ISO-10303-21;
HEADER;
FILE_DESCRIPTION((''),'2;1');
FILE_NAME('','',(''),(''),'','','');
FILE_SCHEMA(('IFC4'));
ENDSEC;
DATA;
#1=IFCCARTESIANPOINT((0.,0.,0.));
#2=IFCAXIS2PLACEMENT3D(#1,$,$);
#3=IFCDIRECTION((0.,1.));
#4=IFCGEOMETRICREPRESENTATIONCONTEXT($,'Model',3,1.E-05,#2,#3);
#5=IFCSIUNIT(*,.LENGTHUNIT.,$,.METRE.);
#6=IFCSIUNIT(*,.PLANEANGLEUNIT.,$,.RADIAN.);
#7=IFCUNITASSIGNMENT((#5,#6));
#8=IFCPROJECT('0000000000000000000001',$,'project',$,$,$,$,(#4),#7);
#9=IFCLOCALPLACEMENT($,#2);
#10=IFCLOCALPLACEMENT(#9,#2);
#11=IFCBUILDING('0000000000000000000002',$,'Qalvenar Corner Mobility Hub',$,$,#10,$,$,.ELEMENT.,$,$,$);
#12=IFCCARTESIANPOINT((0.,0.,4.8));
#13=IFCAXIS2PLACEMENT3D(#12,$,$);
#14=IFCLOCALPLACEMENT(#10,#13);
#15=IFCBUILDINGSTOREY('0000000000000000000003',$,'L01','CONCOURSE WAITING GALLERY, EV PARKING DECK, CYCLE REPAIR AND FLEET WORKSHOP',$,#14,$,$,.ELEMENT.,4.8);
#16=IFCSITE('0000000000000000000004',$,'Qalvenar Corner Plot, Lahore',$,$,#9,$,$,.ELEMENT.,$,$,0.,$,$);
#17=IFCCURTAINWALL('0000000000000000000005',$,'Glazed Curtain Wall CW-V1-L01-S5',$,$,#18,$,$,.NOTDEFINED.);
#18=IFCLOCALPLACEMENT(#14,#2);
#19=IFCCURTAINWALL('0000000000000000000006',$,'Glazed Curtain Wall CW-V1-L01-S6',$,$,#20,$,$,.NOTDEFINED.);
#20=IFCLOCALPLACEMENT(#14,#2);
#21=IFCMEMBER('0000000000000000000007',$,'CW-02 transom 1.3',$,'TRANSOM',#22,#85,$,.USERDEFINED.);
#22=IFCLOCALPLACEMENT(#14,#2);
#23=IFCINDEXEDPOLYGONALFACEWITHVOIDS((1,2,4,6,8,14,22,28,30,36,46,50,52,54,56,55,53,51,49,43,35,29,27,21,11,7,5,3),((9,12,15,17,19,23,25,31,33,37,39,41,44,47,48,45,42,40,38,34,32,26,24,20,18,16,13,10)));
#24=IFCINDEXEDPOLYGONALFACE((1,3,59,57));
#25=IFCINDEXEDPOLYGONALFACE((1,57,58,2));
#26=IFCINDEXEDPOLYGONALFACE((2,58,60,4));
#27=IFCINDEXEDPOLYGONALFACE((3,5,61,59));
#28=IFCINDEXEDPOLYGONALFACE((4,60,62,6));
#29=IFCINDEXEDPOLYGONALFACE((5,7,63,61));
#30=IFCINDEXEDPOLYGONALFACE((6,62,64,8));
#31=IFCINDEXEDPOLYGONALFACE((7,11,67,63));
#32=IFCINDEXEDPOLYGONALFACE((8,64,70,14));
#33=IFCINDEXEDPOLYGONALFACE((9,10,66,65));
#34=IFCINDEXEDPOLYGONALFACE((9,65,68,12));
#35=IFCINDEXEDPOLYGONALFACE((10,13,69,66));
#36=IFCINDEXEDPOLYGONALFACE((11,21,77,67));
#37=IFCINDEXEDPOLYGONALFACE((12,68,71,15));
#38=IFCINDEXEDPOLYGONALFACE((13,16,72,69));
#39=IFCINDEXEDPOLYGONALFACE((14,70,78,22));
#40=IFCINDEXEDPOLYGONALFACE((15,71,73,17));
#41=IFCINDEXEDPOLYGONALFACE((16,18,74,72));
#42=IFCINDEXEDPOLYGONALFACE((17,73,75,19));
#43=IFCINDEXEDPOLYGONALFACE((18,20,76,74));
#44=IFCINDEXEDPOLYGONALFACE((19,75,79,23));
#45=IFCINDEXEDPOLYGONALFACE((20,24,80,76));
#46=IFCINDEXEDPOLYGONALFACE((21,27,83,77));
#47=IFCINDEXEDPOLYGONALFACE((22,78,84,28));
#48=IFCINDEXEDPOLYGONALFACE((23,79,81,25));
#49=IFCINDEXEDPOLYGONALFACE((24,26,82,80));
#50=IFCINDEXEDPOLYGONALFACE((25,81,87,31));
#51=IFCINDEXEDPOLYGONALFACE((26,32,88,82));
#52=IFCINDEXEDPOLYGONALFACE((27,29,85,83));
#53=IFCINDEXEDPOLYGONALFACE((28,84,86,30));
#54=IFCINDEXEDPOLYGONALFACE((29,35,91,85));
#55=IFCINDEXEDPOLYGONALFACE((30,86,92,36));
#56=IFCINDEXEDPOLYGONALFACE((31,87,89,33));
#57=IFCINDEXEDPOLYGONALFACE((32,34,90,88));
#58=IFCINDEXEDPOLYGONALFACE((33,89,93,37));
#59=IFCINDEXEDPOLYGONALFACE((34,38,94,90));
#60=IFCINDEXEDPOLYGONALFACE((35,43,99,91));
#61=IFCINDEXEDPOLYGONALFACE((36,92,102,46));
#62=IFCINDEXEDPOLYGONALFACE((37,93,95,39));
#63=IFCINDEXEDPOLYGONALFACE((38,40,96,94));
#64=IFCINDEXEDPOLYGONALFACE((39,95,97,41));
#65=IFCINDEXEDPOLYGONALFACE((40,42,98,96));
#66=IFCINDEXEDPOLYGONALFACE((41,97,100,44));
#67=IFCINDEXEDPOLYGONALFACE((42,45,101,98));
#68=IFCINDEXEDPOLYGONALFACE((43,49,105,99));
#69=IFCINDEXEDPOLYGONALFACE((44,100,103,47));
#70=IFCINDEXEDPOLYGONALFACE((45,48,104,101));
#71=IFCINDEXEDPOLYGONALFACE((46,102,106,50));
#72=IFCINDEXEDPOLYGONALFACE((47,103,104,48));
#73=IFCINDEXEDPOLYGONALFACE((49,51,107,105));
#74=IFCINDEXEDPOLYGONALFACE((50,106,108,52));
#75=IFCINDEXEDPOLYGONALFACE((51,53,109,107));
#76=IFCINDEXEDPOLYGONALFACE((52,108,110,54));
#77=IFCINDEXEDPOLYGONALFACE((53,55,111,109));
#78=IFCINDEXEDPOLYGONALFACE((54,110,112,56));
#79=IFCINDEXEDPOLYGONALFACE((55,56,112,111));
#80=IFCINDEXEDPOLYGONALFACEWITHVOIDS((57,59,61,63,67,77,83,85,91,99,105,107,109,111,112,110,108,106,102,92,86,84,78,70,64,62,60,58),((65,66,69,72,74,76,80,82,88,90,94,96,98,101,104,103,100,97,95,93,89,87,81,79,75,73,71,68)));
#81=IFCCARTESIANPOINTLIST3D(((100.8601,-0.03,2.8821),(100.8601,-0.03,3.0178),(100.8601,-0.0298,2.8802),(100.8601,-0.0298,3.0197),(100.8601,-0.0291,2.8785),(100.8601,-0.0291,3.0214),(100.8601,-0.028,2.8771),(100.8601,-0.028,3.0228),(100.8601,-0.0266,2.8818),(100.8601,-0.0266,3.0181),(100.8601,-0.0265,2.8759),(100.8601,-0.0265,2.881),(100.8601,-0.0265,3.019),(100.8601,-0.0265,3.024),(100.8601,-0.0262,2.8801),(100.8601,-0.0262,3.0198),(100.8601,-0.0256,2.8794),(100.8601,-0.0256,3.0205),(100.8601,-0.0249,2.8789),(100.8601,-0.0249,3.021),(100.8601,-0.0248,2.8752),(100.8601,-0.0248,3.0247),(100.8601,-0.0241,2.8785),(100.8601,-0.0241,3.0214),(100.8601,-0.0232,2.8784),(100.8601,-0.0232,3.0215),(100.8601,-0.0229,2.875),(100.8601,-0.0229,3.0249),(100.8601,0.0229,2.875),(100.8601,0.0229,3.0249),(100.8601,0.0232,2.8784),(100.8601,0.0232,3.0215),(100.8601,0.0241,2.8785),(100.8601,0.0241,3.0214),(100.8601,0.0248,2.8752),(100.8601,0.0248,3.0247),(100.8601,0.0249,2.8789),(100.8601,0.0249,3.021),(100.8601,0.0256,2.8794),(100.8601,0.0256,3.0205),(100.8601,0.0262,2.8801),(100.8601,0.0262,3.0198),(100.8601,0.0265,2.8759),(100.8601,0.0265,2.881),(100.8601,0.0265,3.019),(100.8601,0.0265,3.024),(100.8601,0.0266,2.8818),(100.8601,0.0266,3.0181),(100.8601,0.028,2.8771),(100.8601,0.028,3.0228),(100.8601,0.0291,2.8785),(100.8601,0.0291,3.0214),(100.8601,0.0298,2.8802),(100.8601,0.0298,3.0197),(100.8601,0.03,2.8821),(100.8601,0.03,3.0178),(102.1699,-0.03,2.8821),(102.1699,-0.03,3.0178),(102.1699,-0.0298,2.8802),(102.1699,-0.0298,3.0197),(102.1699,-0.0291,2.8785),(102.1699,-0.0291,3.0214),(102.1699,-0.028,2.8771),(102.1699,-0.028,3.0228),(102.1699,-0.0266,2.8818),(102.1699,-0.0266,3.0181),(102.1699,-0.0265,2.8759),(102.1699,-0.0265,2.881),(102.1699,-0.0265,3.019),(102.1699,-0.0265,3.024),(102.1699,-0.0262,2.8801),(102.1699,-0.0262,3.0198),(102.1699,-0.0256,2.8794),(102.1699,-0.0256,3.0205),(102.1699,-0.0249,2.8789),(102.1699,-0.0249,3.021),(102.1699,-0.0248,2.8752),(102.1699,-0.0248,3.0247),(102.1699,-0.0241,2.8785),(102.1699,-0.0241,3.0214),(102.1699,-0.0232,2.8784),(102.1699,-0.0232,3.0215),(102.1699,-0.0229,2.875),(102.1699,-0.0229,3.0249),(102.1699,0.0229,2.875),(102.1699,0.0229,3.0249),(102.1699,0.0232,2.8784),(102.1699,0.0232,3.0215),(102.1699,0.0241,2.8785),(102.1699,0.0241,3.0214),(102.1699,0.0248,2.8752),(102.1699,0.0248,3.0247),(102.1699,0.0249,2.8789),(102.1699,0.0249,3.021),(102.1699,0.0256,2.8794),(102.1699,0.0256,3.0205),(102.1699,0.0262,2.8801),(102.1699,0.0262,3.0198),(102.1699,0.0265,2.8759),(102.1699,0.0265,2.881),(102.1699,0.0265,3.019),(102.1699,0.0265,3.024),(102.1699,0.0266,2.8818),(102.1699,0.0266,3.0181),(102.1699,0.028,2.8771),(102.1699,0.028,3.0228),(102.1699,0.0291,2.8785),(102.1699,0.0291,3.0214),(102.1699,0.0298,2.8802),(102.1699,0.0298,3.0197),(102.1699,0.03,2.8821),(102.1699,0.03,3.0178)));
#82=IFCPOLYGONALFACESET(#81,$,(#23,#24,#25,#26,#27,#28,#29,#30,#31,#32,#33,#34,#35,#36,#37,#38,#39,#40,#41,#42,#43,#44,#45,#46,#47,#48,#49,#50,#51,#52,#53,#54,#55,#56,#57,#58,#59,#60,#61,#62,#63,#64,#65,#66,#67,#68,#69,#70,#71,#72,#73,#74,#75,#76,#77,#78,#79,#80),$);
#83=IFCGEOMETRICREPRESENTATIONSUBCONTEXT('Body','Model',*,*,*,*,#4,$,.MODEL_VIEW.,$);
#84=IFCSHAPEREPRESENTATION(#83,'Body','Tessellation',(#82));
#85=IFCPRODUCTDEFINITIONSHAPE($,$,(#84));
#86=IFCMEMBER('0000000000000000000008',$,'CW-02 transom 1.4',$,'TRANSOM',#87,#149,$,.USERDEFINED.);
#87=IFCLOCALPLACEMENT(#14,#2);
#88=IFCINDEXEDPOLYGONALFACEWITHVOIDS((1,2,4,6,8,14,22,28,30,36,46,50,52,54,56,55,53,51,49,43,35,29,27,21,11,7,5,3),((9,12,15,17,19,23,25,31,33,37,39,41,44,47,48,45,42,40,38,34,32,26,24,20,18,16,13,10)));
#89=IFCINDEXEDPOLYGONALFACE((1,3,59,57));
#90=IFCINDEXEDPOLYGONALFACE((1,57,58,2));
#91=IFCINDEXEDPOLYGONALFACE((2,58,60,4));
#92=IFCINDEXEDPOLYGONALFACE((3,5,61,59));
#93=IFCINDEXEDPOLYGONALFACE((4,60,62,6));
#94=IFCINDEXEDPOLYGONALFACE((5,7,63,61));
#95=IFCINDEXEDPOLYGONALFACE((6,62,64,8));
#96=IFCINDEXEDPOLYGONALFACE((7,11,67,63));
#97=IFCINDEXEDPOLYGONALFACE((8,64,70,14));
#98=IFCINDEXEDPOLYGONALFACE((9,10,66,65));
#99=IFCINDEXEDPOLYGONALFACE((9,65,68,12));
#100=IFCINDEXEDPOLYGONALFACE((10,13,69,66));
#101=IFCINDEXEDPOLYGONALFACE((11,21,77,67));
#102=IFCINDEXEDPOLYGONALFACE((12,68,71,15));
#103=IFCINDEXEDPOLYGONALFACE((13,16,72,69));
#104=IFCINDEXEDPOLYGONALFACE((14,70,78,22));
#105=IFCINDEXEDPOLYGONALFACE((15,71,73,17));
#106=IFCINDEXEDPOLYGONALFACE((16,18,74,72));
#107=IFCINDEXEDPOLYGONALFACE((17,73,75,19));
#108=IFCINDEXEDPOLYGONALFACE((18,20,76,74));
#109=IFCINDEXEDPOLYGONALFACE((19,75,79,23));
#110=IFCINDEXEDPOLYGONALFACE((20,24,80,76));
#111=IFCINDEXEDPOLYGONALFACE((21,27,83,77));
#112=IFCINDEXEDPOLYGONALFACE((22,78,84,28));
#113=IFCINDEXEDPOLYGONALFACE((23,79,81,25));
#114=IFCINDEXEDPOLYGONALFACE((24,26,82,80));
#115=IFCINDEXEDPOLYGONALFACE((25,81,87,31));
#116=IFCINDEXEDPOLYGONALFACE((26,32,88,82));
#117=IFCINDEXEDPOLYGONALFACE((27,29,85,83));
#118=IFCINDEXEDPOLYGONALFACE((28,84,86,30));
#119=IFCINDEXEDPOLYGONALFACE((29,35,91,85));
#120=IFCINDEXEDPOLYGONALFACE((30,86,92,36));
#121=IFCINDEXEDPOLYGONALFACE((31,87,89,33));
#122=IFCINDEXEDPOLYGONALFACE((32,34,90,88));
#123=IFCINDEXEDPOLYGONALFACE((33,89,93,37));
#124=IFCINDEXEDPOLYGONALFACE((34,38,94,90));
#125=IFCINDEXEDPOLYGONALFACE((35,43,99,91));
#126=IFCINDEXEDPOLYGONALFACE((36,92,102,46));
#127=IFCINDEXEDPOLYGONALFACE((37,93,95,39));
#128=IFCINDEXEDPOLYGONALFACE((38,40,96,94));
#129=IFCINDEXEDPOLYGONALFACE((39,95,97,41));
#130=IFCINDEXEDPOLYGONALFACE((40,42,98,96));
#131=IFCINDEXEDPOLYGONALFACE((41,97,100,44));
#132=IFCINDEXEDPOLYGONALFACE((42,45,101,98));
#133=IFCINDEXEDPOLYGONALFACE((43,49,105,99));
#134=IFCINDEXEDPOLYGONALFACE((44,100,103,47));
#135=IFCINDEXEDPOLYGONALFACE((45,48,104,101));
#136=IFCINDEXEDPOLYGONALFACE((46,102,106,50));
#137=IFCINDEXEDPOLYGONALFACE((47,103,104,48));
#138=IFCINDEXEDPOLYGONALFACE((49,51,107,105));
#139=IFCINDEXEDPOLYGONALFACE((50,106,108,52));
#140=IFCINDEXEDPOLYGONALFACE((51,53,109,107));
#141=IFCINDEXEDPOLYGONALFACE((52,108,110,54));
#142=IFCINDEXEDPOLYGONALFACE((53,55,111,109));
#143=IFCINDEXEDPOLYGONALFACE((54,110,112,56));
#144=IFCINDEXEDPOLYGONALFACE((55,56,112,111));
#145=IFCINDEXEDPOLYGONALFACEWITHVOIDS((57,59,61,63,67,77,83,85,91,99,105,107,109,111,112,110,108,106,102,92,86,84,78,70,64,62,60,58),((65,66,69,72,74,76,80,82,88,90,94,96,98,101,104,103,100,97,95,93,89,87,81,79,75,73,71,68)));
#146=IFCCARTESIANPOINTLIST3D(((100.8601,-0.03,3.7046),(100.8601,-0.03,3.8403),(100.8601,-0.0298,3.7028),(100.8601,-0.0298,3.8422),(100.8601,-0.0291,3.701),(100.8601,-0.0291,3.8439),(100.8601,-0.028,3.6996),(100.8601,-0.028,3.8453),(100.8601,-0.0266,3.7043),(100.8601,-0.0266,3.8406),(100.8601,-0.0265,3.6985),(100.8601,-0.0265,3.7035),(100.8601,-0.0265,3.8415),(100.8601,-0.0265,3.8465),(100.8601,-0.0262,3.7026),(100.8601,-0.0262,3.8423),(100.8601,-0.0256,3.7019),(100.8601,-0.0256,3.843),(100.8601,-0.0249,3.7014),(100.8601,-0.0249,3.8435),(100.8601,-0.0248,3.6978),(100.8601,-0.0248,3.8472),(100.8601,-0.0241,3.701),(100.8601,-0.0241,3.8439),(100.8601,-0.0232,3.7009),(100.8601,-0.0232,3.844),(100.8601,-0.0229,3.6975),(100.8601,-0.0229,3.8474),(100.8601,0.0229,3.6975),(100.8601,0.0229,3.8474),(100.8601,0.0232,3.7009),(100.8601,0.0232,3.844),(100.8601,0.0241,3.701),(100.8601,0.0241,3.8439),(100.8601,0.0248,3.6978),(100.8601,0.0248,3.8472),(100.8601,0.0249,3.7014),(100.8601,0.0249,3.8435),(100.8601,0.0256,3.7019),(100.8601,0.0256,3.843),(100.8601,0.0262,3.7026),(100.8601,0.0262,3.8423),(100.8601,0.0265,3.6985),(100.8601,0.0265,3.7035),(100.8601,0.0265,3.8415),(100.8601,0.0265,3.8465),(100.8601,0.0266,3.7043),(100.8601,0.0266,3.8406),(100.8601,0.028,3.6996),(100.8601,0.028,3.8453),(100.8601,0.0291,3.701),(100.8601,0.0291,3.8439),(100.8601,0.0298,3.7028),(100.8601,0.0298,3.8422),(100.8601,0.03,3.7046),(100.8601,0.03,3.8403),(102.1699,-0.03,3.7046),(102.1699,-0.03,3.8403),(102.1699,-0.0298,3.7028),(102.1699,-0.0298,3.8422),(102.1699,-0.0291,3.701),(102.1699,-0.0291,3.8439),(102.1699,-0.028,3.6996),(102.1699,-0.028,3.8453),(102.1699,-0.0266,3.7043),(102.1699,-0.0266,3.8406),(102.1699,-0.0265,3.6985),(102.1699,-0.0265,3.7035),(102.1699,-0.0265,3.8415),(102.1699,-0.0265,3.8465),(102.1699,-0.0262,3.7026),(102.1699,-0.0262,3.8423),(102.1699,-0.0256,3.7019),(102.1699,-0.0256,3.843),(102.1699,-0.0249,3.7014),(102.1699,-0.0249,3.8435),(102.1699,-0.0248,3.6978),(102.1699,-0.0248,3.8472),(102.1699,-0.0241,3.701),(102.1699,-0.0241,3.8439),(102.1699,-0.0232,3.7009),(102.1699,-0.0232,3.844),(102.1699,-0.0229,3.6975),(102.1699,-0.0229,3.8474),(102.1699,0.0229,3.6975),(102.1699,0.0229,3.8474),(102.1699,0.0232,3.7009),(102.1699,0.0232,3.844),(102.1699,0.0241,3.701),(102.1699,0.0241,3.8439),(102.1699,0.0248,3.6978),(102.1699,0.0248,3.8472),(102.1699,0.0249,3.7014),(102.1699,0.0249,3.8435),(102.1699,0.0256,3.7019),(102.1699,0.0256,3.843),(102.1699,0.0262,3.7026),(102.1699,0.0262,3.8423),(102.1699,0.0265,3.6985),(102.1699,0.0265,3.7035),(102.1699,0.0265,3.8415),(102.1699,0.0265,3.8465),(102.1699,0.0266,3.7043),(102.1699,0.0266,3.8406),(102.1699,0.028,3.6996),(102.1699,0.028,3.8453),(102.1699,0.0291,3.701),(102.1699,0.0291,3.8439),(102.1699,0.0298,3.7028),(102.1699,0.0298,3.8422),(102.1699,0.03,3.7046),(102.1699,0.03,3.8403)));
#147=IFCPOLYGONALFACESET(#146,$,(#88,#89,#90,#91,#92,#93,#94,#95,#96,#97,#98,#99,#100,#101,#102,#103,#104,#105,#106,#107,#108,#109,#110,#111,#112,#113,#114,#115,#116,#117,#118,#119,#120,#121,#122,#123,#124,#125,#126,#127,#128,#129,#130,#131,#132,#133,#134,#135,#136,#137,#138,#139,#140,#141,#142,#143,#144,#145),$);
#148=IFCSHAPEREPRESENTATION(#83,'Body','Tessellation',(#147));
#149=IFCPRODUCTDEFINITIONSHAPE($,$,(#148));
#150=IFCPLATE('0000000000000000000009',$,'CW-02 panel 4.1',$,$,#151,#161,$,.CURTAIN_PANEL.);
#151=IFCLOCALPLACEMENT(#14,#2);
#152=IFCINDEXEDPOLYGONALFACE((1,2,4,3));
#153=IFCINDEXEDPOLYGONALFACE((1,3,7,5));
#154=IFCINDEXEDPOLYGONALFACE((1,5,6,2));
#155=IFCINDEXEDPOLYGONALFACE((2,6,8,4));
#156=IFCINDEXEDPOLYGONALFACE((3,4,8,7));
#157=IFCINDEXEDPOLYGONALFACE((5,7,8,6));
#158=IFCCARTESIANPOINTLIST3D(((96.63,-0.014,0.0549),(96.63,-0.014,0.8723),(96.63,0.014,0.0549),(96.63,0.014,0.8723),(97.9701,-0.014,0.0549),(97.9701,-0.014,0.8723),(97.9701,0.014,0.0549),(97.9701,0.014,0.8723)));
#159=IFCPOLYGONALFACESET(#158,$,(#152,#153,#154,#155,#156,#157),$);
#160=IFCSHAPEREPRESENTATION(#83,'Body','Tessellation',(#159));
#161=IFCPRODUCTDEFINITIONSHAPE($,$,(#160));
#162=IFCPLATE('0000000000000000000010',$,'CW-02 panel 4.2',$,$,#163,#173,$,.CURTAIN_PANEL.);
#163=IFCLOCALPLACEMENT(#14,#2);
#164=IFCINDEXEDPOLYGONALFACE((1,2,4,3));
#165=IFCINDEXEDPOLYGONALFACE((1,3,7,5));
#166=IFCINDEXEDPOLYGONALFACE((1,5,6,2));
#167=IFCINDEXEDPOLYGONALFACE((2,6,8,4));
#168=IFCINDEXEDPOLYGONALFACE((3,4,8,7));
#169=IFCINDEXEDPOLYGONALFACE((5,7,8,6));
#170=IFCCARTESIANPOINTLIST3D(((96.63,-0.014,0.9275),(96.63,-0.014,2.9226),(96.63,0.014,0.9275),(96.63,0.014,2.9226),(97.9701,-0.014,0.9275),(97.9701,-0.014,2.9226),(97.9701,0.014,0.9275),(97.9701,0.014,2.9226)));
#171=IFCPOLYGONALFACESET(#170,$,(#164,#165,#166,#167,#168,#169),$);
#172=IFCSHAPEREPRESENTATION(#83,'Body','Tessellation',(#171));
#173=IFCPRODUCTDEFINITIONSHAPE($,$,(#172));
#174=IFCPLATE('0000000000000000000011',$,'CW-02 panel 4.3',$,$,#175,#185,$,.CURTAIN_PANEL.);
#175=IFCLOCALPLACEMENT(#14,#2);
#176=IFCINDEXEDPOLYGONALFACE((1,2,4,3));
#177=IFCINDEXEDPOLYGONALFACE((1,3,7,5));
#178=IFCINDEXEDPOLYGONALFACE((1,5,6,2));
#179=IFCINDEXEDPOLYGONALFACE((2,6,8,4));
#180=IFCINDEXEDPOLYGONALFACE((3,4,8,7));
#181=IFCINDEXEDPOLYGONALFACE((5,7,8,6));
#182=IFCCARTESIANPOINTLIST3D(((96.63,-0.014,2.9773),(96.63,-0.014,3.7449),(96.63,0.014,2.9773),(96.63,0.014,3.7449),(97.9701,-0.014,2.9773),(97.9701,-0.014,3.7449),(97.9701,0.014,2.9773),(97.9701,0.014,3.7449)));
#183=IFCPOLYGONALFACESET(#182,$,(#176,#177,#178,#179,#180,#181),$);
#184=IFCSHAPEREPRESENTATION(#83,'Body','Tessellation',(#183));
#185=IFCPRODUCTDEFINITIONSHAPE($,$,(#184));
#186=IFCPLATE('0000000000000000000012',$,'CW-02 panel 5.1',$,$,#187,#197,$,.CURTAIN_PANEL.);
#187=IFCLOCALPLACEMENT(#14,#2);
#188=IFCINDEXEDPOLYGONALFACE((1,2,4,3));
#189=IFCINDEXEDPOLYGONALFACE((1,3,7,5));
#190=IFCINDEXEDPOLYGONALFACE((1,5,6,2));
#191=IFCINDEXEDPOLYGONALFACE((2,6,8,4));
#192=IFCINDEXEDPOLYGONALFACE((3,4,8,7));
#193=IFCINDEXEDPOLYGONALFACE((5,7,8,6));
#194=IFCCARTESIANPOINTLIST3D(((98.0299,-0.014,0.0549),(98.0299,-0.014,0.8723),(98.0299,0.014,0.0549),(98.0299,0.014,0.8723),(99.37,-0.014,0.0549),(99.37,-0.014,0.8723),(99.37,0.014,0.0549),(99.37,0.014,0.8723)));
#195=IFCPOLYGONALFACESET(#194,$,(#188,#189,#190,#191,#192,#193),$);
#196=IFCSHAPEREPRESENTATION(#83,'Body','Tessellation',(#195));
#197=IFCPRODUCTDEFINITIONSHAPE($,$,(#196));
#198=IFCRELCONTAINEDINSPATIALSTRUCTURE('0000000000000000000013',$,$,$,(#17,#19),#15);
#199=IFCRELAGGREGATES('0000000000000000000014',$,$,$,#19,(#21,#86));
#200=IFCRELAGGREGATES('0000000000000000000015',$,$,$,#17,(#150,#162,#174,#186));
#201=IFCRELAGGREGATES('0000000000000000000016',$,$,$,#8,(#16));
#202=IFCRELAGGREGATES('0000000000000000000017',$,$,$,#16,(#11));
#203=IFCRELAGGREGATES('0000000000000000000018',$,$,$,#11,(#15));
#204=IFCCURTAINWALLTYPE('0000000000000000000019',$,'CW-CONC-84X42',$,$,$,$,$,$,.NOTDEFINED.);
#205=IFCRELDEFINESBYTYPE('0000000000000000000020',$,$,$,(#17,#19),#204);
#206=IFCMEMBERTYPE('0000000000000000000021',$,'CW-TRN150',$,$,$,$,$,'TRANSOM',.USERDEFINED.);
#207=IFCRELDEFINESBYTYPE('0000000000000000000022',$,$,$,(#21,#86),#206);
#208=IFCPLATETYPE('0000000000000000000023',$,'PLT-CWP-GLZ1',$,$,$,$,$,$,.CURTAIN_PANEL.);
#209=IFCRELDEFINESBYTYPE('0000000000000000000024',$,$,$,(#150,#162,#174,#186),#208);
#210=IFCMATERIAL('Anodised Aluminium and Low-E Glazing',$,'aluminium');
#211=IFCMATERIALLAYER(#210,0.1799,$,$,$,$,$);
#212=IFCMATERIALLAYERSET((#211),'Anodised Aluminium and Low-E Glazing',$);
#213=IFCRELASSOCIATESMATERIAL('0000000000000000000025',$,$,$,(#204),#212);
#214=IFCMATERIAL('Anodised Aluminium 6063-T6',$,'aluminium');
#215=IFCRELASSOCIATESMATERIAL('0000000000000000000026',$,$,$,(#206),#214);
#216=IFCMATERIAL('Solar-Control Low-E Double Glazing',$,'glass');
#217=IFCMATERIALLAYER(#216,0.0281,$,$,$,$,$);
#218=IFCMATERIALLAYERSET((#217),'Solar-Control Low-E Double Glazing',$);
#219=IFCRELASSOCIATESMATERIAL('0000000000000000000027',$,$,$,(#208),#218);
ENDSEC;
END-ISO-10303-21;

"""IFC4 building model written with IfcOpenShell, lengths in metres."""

from ifc_helpers import new_model, si_unit, direction, frame, origin, origin_2d, place, context, subcontext, project, spatial, rectangle, hollow_rectangle, extrude, material, layer, layer_set, material_profile, profile_set, type_object, element, aggregate, save


model = new_model("IFC4")

# Units and contexts
model_context = context("Model", 3, precision=1e-05, world=origin(), true_north=direction((0.0, 1.0)))
body_context = subcontext(model_context, "Body", "Model", "MODEL_VIEW")
ifc_project = project(units=[si_unit("LENGTHUNIT", "METRE"), si_unit("PLANEANGLEUNIT", "RADIAN")], contexts=[model_context])

# Site, building, storey
site_placement = place(None, origin())
site = spatial("IfcSite", under=ifc_project, at=site_placement, Name="Qalvenar Corner Plot, Lahore", CompositionType="ELEMENT", RefElevation=0.0)
building_placement = place(site_placement, origin())
building = spatial("IfcBuilding", under=site, at=building_placement, Name="Qalvenar Corner Mobility Hub", CompositionType="ELEMENT")
storey_placement = place(building_placement, frame((0.0, 0.0, 4.8)))
storey = spatial("IfcBuildingStorey", under=building, at=storey_placement, Name="L01", Description="CONCOURSE WAITING GALLERY, EV PARKING DECK, CYCLE REPAIR AND FLEET WORKSHOP", CompositionType="ELEMENT", Elevation=4.8)

# Curtain wall
ifc_material_1 = material(Name="Anodised Aluminium and Low-E Glazing", Category="aluminium")
ifc_layer_1 = layer(ifc_material_1, 0.1799)
ifc_layer_set_1 = layer_set([ifc_layer_1], Name="Anodised Aluminium and Low-E Glazing")
curtain_wall_type = type_object("IfcCurtainWallType", Name="CW-CONC-84X42", PredefinedType="NOTDEFINED", material=ifc_layer_set_1)
curtain_wall_1_placement = place(storey_placement, origin())
curtain_wall_1 = element("IfcCurtainWall", 1, at=curtain_wall_1_placement, inside=storey, type_object=curtain_wall_type, Name="Glazed Curtain Wall CW-V1-L01-S5", PredefinedType="NOTDEFINED")
ifc_material_2 = material(Name="Anodised Aluminium 6063-T6", Category="aluminium")

# Curtain wall
curtain_wall_2_placement = place(storey_placement, origin())
curtain_wall_2 = element("IfcCurtainWall", 2, at=curtain_wall_2_placement, inside=storey, type_object=curtain_wall_type, Name="Glazed Curtain Wall CW-V1-L01-S6", PredefinedType="NOTDEFINED")

# Members
ifc_material_profile_1 = material_profile(ifc_material_2, hollow_rectangle(XDim=0.0601, YDim=0.1499, WallThickness=0.0034, InnerFilletRadius=0.0034, OuterFilletRadius=0.0071, at=origin_2d()), Name="RHS150x60x3.5")
ifc_profile_set_1 = profile_set([ifc_material_profile_1], Name="Anodised Aluminium 6063-T6")
member_type_1 = type_object("IfcMemberType", Name="CW-TRN150", ElementType="TRANSOM", PredefinedType="USERDEFINED", material=ifc_profile_set_1)
member_1_placement = place(storey_placement, frame((100.8601, 0.0, 2.95), z_axis=(1.0, 0.0, 0.0), x_axis=(0.0, 1.0, 0.0)))
member_1 = element("IfcMember", 3, at=member_1_placement, type_object=member_type_1, Name="CW-02 transom 1.3", ObjectType="TRANSOM", PredefinedType="USERDEFINED", context=body_context, shape_type="SweptSolid", body=[
    extrude(hollow_rectangle(XDim=0.0601, YDim=0.1499, WallThickness=0.0034, InnerFilletRadius=0.0034, OuterFilletRadius=0.0071, at=origin_2d()), origin(), (0.0, 0.0, 1.0), 1.3098),
])
member_2_placement = place(storey_placement, frame((100.8601, 0.0, 3.7725), z_axis=(1.0, 0.0, 0.0), x_axis=(0.0, 1.0, 0.0)))
member_2 = element("IfcMember", 4, at=member_2_placement, type_object=member_type_1, Name="CW-02 transom 1.4", ObjectType="TRANSOM", PredefinedType="USERDEFINED", context=body_context, shape_type="SweptSolid", body=[
    extrude(hollow_rectangle(XDim=0.0601, YDim=0.1499, WallThickness=0.0034, InnerFilletRadius=0.0034, OuterFilletRadius=0.0071, at=origin_2d()), origin(), (0.0, 0.0, 1.0), 1.3098),
])
aggregate(curtain_wall_2, [member_1, member_2])

# Plates
ifc_material_3 = material(Name="Solar-Control Low-E Double Glazing", Category="glass")
ifc_layer_2 = layer(ifc_material_3, 0.0281)
ifc_layer_set_2 = layer_set([ifc_layer_2], Name="Solar-Control Low-E Double Glazing")
plate_type = type_object("IfcPlateType", Name="PLT-CWP-GLZ1", PredefinedType="CURTAIN_PANEL", material=ifc_layer_set_2)
plate_1_placement = place(storey_placement, frame((97.3, 0.0, 0.0549), z_axis=(0.0, 0.0, 1.0), x_axis=(1.0, 0.0, 0.0)))
plate_1 = element("IfcPlate", 5, at=plate_1_placement, type_object=plate_type, Name="CW-02 panel 4.1", PredefinedType="CURTAIN_PANEL", context=body_context, shape_type="SweptSolid", body=[
    extrude(rectangle(XDim=1.3401, YDim=0.0281, at=origin_2d()), origin(), (0.0, 0.0, 1.0), 0.8174),
])
plate_2_placement = place(storey_placement, frame((97.3, 0.0, 0.9275), z_axis=(0.0, 0.0, 1.0), x_axis=(1.0, 0.0, 0.0)))
plate_2 = element("IfcPlate", 6, at=plate_2_placement, type_object=plate_type, Name="CW-02 panel 4.2", PredefinedType="CURTAIN_PANEL", context=body_context, shape_type="SweptSolid", body=[
    extrude(rectangle(XDim=1.3401, YDim=0.0281, at=origin_2d()), origin(), (0.0, 0.0, 1.0), 1.9951),
])
plate_3_placement = place(storey_placement, frame((97.3, 0.0, 2.9773), z_axis=(0.0, 0.0, 1.0), x_axis=(1.0, 0.0, 0.0)))
plate_3 = element("IfcPlate", 7, at=plate_3_placement, type_object=plate_type, Name="CW-02 panel 4.3", PredefinedType="CURTAIN_PANEL", context=body_context, shape_type="SweptSolid", body=[
    extrude(rectangle(XDim=1.3401, YDim=0.0281, at=origin_2d()), origin(), (0.0, 0.0, 1.0), 0.7676),
])
plate_4_placement = place(storey_placement, frame((98.7, 0.0, 0.0549), z_axis=(0.0, 0.0, 1.0), x_axis=(1.0, 0.0, 0.0)))
plate_4 = element("IfcPlate", 8, at=plate_4_placement, type_object=plate_type, Name="CW-02 panel 5.1", PredefinedType="CURTAIN_PANEL", context=body_context, shape_type="SweptSolid", body=[
    extrude(rectangle(XDim=1.3401, YDim=0.0281, at=origin_2d()), origin(), (0.0, 0.0, 1.0), 0.8174),
])
aggregate(curtain_wall_1, [plate_1, plate_2, plate_3, plate_4])

save(model, "model.ifc")
